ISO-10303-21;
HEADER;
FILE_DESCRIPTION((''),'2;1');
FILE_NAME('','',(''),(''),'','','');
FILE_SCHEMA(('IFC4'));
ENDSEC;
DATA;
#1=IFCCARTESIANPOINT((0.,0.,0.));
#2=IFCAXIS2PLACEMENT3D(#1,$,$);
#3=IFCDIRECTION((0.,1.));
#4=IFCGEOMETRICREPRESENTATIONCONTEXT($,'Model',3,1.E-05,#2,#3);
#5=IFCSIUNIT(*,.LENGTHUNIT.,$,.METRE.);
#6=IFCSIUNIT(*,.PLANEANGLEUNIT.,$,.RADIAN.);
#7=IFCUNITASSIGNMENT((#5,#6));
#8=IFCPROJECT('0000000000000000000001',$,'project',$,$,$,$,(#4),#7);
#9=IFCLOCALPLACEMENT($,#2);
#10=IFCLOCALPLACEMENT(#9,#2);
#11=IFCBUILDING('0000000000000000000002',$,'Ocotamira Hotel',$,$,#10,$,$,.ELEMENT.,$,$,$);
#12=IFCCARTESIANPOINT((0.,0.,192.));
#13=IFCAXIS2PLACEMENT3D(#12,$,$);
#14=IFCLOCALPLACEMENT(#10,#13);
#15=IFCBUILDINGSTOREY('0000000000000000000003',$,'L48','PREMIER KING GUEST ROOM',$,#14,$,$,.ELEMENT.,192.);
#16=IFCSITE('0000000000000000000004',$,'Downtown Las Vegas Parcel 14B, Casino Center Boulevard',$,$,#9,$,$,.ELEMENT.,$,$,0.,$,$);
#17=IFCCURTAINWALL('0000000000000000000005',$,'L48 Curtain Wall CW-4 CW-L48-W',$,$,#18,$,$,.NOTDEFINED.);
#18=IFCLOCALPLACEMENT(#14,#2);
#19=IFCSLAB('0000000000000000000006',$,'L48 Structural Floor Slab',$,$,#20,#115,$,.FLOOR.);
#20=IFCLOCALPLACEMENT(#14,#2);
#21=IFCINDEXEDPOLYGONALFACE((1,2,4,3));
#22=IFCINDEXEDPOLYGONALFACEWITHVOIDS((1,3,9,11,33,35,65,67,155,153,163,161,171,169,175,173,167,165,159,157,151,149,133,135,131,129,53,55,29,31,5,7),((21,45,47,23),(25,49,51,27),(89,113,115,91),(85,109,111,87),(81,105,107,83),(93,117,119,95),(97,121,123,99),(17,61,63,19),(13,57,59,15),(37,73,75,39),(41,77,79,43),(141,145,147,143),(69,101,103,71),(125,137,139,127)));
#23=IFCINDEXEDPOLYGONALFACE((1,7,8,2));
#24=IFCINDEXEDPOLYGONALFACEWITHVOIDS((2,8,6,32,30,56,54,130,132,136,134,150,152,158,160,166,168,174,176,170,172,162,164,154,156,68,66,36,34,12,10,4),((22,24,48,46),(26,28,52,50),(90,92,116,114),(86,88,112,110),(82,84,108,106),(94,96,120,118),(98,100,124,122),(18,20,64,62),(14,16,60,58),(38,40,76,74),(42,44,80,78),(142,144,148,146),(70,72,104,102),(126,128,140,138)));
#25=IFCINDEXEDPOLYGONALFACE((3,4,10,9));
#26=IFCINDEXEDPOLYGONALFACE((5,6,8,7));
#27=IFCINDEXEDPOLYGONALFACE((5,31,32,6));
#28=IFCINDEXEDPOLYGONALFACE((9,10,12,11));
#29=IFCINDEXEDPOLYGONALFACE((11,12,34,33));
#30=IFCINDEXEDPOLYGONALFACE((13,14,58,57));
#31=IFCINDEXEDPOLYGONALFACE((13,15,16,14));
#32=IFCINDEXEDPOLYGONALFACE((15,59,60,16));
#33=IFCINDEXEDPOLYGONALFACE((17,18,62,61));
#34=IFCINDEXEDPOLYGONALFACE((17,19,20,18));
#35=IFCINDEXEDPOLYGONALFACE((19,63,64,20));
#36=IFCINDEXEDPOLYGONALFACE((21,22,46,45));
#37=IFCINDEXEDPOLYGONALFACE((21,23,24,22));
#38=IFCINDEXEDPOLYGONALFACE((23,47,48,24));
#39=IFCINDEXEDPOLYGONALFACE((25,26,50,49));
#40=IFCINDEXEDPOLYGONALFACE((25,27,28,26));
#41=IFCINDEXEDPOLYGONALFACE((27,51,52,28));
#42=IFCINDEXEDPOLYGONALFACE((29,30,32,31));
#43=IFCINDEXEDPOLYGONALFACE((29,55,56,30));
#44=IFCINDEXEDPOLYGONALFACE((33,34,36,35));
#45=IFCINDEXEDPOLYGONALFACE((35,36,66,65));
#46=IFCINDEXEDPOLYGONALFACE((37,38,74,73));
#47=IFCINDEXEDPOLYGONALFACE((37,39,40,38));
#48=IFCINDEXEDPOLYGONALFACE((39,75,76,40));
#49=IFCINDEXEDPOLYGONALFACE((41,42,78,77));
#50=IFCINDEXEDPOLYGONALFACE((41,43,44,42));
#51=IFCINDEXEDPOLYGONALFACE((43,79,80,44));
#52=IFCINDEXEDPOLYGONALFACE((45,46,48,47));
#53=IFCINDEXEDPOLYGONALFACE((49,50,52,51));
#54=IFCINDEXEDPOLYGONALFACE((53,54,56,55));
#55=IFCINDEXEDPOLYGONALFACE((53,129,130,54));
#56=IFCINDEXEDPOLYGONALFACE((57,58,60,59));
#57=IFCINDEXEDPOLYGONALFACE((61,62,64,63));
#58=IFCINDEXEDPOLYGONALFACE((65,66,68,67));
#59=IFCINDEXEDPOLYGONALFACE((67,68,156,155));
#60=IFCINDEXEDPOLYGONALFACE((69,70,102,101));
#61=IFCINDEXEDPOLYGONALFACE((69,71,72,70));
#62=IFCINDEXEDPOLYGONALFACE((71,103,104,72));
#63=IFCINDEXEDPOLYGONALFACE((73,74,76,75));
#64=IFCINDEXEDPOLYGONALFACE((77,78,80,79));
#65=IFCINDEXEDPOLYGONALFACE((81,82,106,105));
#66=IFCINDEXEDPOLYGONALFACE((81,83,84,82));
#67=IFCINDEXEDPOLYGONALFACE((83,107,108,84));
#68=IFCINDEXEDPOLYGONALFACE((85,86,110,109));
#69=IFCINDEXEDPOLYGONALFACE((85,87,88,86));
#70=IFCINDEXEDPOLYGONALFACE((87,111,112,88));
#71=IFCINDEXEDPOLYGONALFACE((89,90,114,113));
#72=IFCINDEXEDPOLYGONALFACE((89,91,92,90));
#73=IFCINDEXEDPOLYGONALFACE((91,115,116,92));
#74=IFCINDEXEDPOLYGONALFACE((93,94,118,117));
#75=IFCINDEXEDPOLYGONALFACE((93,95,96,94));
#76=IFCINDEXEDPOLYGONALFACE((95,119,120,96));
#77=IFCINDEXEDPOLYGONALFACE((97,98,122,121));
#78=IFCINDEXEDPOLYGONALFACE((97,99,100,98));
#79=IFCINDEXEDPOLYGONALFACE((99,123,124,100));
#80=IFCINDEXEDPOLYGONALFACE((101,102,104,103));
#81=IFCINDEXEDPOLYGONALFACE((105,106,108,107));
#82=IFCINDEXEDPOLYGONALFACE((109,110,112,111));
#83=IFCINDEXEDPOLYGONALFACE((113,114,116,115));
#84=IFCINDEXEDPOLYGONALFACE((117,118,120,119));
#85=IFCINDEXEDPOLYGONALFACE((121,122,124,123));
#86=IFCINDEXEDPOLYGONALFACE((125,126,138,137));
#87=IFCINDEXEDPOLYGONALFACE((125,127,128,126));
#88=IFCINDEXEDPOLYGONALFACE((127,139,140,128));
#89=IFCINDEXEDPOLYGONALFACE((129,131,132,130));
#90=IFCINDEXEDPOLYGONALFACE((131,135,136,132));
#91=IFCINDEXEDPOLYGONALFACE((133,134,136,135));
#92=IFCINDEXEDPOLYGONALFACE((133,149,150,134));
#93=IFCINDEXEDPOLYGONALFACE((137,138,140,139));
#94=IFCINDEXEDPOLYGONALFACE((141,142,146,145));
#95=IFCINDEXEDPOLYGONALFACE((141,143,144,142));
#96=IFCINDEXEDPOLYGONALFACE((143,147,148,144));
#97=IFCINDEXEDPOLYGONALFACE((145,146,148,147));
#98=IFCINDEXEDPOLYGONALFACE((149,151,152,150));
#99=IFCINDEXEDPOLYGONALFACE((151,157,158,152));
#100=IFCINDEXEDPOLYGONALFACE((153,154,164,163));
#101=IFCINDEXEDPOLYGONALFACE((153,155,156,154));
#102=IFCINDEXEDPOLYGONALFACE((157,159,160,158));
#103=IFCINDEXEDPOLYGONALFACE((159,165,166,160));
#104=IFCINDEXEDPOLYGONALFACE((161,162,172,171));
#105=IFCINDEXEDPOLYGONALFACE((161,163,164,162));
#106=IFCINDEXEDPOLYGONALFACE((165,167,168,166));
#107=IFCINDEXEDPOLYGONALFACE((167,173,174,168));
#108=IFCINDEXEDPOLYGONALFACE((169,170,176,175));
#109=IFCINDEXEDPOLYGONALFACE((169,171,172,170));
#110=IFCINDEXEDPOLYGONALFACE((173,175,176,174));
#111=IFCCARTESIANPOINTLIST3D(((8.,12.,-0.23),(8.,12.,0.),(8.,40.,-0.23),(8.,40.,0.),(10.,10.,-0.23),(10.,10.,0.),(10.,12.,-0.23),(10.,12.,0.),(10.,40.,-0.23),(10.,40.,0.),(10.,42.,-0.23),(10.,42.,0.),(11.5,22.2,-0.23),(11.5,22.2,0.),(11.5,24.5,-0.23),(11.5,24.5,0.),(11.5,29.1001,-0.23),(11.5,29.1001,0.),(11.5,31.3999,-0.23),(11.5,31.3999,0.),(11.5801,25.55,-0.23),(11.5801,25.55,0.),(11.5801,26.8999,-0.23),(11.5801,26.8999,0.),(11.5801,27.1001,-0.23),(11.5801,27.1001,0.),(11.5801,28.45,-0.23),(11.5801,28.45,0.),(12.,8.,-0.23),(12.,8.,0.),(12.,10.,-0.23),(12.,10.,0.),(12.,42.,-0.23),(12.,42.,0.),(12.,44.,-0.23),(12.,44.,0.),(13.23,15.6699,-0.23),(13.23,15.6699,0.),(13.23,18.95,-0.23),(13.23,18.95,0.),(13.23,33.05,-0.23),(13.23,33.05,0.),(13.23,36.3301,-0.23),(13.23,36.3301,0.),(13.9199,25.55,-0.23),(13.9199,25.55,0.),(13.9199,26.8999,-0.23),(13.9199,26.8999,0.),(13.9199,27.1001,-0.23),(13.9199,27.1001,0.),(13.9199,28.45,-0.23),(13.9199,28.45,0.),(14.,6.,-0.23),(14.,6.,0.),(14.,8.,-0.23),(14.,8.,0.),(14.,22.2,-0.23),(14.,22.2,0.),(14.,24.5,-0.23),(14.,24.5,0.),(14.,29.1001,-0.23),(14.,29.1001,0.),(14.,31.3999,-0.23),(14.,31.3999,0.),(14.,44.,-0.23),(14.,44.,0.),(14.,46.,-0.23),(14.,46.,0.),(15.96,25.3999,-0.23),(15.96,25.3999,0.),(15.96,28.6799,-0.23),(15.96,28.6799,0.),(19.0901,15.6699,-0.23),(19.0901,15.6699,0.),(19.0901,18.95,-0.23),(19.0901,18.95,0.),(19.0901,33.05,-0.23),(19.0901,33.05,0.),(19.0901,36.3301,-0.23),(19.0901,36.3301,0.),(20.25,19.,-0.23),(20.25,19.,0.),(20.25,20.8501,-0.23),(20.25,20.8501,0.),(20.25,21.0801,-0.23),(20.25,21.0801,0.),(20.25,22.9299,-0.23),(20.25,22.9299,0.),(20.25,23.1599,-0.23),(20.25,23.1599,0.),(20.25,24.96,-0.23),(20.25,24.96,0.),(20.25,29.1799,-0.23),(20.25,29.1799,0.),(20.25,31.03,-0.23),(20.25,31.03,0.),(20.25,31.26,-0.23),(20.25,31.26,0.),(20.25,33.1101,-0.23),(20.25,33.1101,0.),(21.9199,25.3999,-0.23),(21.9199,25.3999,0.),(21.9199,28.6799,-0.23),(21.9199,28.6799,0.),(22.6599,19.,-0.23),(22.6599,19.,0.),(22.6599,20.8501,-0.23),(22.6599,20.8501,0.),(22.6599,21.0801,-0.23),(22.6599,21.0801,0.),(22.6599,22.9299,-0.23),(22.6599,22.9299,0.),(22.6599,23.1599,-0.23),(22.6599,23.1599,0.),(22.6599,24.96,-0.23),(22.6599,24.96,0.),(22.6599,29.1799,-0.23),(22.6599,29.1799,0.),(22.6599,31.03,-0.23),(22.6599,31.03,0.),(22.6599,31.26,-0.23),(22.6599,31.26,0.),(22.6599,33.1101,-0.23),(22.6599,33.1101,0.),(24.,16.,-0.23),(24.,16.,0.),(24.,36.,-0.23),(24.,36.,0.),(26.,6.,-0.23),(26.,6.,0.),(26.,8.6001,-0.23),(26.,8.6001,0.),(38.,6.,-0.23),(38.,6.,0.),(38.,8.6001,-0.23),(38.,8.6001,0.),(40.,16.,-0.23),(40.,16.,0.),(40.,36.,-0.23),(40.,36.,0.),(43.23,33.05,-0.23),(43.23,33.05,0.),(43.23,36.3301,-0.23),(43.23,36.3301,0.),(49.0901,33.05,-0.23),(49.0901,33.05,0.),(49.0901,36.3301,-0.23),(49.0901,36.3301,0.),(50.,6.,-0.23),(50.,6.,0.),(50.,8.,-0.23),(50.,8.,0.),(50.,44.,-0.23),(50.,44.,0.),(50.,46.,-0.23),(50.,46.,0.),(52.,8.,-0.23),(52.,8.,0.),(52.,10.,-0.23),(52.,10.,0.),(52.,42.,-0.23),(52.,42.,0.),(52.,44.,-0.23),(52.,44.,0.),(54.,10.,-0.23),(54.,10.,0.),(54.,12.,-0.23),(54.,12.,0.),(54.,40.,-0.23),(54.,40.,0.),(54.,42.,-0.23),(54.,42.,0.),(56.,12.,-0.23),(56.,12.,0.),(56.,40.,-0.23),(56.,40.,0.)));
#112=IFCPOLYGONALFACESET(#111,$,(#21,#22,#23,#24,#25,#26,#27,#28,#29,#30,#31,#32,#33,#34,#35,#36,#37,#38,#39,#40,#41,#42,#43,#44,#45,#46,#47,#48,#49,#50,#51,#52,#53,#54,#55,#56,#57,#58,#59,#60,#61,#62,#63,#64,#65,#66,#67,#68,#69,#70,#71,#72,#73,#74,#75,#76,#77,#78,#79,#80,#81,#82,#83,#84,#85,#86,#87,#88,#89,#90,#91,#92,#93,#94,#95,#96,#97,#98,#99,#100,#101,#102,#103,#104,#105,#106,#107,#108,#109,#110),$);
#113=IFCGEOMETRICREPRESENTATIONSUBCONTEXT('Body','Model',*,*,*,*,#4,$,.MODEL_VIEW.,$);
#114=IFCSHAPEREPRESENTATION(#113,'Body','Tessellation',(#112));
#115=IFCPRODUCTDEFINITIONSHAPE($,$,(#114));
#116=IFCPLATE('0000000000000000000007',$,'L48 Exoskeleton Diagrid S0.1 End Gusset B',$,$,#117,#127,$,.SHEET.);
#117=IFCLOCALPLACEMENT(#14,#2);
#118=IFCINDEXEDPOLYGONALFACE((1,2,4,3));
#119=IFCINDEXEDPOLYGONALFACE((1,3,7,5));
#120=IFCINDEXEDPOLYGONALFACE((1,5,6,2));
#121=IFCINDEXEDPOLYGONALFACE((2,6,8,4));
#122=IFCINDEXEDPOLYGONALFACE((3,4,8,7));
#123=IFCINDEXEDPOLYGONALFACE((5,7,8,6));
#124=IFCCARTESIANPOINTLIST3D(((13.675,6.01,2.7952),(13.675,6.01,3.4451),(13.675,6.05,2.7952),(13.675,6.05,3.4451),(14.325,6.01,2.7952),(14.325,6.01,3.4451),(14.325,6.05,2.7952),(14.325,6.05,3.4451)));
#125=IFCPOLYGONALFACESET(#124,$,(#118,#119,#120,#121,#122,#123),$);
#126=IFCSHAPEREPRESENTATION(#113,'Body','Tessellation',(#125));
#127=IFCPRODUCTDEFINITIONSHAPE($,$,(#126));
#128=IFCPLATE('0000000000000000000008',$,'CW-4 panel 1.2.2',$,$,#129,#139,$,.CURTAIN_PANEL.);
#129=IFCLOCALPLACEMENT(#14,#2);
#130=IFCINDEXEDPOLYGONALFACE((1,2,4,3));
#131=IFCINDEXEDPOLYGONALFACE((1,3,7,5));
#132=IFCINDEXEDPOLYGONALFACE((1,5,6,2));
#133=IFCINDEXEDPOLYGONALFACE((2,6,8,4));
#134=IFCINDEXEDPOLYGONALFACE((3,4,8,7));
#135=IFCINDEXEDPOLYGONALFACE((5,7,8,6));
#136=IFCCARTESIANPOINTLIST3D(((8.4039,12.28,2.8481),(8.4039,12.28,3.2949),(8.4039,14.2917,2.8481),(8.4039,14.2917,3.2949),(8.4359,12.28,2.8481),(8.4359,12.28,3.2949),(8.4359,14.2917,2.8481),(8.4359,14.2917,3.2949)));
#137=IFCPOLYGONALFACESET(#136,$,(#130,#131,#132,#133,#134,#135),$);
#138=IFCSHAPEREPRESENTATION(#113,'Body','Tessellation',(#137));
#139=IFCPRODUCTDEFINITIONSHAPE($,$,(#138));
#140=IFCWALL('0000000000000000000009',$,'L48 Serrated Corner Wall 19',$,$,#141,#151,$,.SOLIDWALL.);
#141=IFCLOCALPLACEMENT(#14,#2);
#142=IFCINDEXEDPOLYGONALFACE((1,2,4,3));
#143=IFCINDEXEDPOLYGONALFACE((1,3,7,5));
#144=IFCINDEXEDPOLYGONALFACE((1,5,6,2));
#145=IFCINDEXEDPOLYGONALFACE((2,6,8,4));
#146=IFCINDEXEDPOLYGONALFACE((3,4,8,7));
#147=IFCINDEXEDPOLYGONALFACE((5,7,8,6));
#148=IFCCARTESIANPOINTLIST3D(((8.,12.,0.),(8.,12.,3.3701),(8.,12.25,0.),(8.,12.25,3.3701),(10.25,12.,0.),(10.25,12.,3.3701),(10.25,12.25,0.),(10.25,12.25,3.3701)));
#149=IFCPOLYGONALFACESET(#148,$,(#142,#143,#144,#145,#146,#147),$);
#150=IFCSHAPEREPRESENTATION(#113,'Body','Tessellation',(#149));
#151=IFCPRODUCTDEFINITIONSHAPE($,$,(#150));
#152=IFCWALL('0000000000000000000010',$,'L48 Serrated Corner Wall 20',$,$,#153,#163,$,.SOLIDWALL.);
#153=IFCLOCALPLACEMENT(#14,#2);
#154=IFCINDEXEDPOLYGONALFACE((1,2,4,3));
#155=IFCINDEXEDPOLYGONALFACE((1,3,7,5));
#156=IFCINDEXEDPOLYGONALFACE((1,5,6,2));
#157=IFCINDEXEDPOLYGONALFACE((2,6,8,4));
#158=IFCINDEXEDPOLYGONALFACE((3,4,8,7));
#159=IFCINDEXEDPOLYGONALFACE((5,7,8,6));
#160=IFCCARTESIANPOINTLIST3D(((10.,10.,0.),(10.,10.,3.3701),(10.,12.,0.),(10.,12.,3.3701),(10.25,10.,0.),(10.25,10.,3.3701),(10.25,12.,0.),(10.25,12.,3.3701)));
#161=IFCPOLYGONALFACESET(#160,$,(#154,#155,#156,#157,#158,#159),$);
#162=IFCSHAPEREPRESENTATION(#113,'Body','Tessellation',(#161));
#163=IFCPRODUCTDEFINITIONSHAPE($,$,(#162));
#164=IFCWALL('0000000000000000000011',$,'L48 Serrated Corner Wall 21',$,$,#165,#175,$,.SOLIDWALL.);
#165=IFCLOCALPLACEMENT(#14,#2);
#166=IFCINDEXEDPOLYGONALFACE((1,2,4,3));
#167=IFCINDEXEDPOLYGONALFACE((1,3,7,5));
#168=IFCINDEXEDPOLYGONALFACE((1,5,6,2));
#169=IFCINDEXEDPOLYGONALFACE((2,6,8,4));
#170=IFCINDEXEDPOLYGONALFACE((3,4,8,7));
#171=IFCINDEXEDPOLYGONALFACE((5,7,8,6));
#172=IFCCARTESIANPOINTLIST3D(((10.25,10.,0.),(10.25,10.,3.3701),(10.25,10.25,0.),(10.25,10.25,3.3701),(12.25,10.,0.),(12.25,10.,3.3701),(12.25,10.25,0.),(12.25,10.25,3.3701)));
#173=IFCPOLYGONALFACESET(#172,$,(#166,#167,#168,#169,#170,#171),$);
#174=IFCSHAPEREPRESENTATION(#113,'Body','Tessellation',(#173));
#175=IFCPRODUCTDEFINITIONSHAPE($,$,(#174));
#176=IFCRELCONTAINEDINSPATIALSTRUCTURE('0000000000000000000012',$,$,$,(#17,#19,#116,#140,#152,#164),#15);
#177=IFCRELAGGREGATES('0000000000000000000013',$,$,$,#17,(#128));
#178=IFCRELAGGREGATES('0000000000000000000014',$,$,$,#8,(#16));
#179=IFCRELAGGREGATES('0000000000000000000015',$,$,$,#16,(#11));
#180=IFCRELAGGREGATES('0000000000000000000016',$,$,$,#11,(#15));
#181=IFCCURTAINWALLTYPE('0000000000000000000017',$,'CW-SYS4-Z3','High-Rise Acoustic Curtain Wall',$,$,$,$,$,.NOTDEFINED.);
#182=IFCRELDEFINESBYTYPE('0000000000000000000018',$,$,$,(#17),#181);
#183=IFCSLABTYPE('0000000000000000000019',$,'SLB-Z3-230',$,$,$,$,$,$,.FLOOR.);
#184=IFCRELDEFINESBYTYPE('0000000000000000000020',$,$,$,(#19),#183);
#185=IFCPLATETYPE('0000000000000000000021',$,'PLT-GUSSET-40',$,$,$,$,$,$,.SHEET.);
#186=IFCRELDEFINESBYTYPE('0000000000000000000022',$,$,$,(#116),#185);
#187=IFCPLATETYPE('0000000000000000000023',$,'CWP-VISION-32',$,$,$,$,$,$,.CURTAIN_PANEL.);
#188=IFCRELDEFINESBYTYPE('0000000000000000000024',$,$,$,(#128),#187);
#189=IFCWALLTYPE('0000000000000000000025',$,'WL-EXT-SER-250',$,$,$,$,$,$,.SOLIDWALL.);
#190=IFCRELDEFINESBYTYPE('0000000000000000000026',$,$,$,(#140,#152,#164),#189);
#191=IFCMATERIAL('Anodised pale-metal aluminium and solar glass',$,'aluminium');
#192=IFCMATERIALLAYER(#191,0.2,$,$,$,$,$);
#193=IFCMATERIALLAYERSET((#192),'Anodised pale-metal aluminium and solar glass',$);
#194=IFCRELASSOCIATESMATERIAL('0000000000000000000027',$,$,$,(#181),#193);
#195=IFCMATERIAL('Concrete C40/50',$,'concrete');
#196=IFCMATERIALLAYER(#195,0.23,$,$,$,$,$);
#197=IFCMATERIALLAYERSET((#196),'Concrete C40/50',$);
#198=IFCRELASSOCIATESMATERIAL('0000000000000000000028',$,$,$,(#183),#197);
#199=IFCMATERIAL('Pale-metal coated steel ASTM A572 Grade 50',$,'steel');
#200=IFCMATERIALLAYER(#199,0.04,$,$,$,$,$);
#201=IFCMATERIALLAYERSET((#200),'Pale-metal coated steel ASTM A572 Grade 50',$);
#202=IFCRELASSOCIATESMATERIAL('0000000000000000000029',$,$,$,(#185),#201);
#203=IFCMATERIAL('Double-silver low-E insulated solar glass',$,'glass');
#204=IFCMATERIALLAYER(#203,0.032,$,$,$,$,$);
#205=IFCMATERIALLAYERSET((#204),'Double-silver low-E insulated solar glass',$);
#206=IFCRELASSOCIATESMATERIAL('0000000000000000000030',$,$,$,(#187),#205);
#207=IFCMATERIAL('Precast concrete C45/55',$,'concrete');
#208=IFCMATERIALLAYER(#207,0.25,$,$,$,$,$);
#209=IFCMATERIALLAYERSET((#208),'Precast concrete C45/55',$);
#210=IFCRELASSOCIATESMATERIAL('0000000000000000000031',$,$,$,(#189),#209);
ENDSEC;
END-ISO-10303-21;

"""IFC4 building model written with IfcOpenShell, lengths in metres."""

from ifc_helpers import new_model, si_unit, direction, frame, frame_2d, origin, origin_2d, place, context, subcontext, project, spatial, polyline, rectangle, outline, extrude, source, transform, mapped, material, layer, layer_set, type_object, element, aggregate, save


model = new_model("IFC4")

# Units and contexts
model_context = context("Model", 3, precision=1e-05, world=origin(), true_north=direction((0.0, 1.0)))
body_context = subcontext(model_context, "Body", "Model", "MODEL_VIEW")
ifc_project = project(units=[si_unit("LENGTHUNIT", "METRE"), si_unit("PLANEANGLEUNIT", "RADIAN")], contexts=[model_context])

# Site, building, storey
site_placement = place(None, origin())
site = spatial("IfcSite", under=ifc_project, at=site_placement, Name="Downtown Las Vegas Parcel 14B, Casino Center Boulevard", CompositionType="ELEMENT", RefElevation=0.0)
building_placement = place(site_placement, origin())
building = spatial("IfcBuilding", under=site, at=building_placement, Name="Ocotamira Hotel", CompositionType="ELEMENT")
storey_placement = place(building_placement, frame((0.0, 0.0, 192.0)))
storey = spatial("IfcBuildingStorey", under=building, at=storey_placement, Name="L48", Description="PREMIER KING GUEST ROOM", CompositionType="ELEMENT", Elevation=192.0)

# Shared definitions
ifc_material_1 = material(Name="Anodised pale-metal aluminium and solar glass", Category="aluminium")
ifc_layer_1 = layer(ifc_material_1, 0.2)
ifc_layer_set_1 = layer_set([ifc_layer_1], Name="Anodised pale-metal aluminium and solar glass")
curtain_wall_type = type_object("IfcCurtainWallType", Name="CW-SYS4-Z3", Description="High-Rise Acoustic Curtain Wall", PredefinedType="NOTDEFINED", material=ifc_layer_set_1)

# Curtain wall
curtain_wall_1_placement = place(storey_placement, origin())
curtain_wall_1 = element("IfcCurtainWall", 1, at=curtain_wall_1_placement, inside=storey, type_object=curtain_wall_type, Name="L48 Curtain Wall CW-4 CW-L48-W", PredefinedType="NOTDEFINED")

# Shared definitions
ifc_material_2 = material(Name="Concrete C40/50", Category="concrete")

# Slab
ifc_layer_2 = layer(ifc_material_2, 0.23)
ifc_layer_set_2 = layer_set([ifc_layer_2], Name="Concrete C40/50")
slab_type_1 = type_object("IfcSlabType", Name="SLB-Z3-230", PredefinedType="FLOOR", material=ifc_layer_set_2)
slab_1_placement = place(storey_placement, frame((0.0, 0.0, -0.23)))
element("IfcSlab", 2, at=slab_1_placement, inside=storey, type_object=slab_type_1, Name="L48 Structural Floor Slab", PredefinedType="FLOOR", context=body_context, shape_type="SweptSolid", body=[
    extrude(outline(polyline([(14.0, 6.0), (14.0, 8.0), (12.0, 8.0), (12.0, 10.0), (10.0, 10.0), (10.0, 12.0), (8.0, 12.0), (8.0, 40.0), (10.0, 40.0), (10.0, 42.0), (12.0, 42.0), (12.0, 44.0), (14.0, 44.0), (14.0, 46.0), (50.0, 46.0), (50.0, 44.0), (52.0, 44.0), (52.0, 42.0), (54.0, 42.0), (54.0, 40.0), (56.0, 40.0), (56.0, 12.0), (54.0, 12.0), (54.0, 10.0), (52.0, 10.0), (52.0, 8.0), (50.0, 8.0), (50.0, 6.0), (38.0, 6.0), (38.0, 8.6001), (26.0, 8.6001), (26.0, 6.0), (14.0, 6.0)]), holes=[polyline([(24.0, 16.0), (40.0, 16.0), (40.0, 36.0), (24.0, 36.0), (24.0, 16.0)]), polyline([(13.23, 15.6699), (19.0901, 15.6699), (19.0901, 18.95), (13.23, 18.95), (13.23, 15.6699)]), polyline([(13.23, 33.05), (19.0901, 33.05), (19.0901, 36.3301), (13.23, 36.3301), (13.23, 33.05)]), polyline([(15.96, 25.3999), (21.9199, 25.3999), (21.9199, 28.6799), (15.96, 28.6799), (15.96, 25.3999)]), polyline([(43.23, 33.05), (49.0901, 33.05), (49.0901, 36.3301), (43.23, 36.3301), (43.23, 33.05)]), polyline([(20.25, 19.0), (22.6599, 19.0), (22.6599, 20.8501), (20.25, 20.8501), (20.25, 19.0)]), polyline([(20.25, 21.0801), (22.6599, 21.0801), (22.6599, 22.9299), (20.25, 22.9299), (20.25, 21.0801)]), polyline([(20.25, 23.1599), (22.6599, 23.1599), (22.6599, 24.96), (20.25, 24.96), (20.25, 23.1599)]), polyline([(20.25, 29.1799), (22.6599, 29.1799), (22.6599, 31.03), (20.25, 31.03), (20.25, 29.1799)]), polyline([(20.25, 31.26), (22.6599, 31.26), (22.6599, 33.1101), (20.25, 33.1101), (20.25, 31.26)]), polyline([(11.5, 22.2), (14.0, 22.2), (14.0, 24.5), (11.5, 24.5), (11.5, 22.2)]), polyline([(11.5, 29.1001), (14.0, 29.1001), (14.0, 31.3999), (11.5, 31.3999), (11.5, 29.1001)]), polyline([(11.5801, 25.55), (13.9199, 25.55), (13.9199, 26.8999), (11.5801, 26.8999), (11.5801, 25.55)]), polyline([(11.5801, 27.1001), (13.9199, 27.1001), (13.9199, 28.45), (11.5801, 28.45), (11.5801, 27.1001)])]), origin(), (0.0, 0.0, 1.0), 0.23),
])

# Plates
ifc_material_3 = material(Name="Pale-metal coated steel ASTM A572 Grade 50", Category="steel")
ifc_layer_3 = layer(ifc_material_3, 0.04)
ifc_layer_set_3 = layer_set([ifc_layer_3], Name="Pale-metal coated steel ASTM A572 Grade 50")
plate_type_1 = type_object("IfcPlateType", Name="PLT-GUSSET-40", PredefinedType="SHEET", material=ifc_layer_set_3)
shared_shape_1 = source(origin(), body_context, "Body", "SweptSolid", [
    extrude(rectangle(XDim=0.6499, YDim=0.04, at=origin_2d()), origin(), (0.0, 0.0, 1.0), 0.6499),
])
plate_1_placement = place(storey_placement, frame((14.0, 6.03, 2.7952), z_axis=(0.0, 0.0, 1.0), x_axis=(-1.0, 0.0, 0.0)))
element("IfcPlate", 3, at=plate_1_placement, inside=storey, type_object=plate_type_1, Name="L48 Exoskeleton Diagrid S0.1 End Gusset B", PredefinedType="SHEET", context=body_context, shape_type="MappedRepresentation", body=[
    mapped(shared_shape_1, transform((0.0, 0.0, 0.0), scale=1.0)),
])
ifc_material_4 = material(Name="Double-silver low-E insulated solar glass", Category="glass")
ifc_layer_4 = layer(ifc_material_4, 0.032)
ifc_layer_set_4 = layer_set([ifc_layer_4], Name="Double-silver low-E insulated solar glass")
plate_type_2 = type_object("IfcPlateType", Name="CWP-VISION-32", PredefinedType="CURTAIN_PANEL", material=ifc_layer_set_4)
shared_shape_2 = source(origin(), body_context, "Body", "SweptSolid", [
    extrude(rectangle(XDim=2.0117, YDim=0.032, at=origin_2d()), origin(), (0.0, 0.0, 1.0), 0.4468),
])
plate_2_placement = place(storey_placement, frame((8.4199, 13.2859, 2.8481), z_axis=(0.0, 0.0, 1.0), x_axis=(0.0, 1.0, 0.0)))
plate_2 = element("IfcPlate", 4, at=plate_2_placement, type_object=plate_type_2, Name="CW-4 panel 1.2.2", PredefinedType="CURTAIN_PANEL", context=body_context, shape_type="MappedRepresentation", body=[
    mapped(shared_shape_2, transform((0.0, 0.0, 0.0), scale=1.0)),
])
aggregate(curtain_wall_1, [plate_2])

# Walls
ifc_material_5 = material(Name="Precast concrete C45/55", Category="concrete")
ifc_layer_5 = layer(ifc_material_5, 0.25)
ifc_layer_set_5 = layer_set([ifc_layer_5], Name="Precast concrete C45/55")
wall_type_1 = type_object("IfcWallType", Name="WL-EXT-SER-250", PredefinedType="SOLIDWALL", material=ifc_layer_set_5)
wall_1_placement = place(storey_placement, frame((8.0, 12.125, 0.0), z_axis=(0.0, 0.0, 1.0), x_axis=(1.0, 0.0, 0.0)))
element("IfcWall", 5, at=wall_1_placement, inside=storey, type_object=wall_type_1, Name="L48 Serrated Corner Wall 19", PredefinedType="SOLIDWALL", context=body_context, shape_type="SweptSolid", body=[
    extrude(rectangle(XDim=2.25, YDim=0.25, at=frame_2d((1.125, 0.0))), origin(), (0.0, 0.0, 1.0), 3.3701),
])
for number, where, z_axis, x_axis, name in (
    (6, (10.125, 12.0, 0.0), (0.0, 0.0, 1.0), (0.0, -1.0, 0.0), "L48 Serrated Corner Wall 20"),
    (7, (10.25, 10.125, 0.0), (0.0, 0.0, 1.0), (1.0, 0.0, 0.0), "L48 Serrated Corner Wall 21"),
):
    element("IfcWall", number, at=place(storey_placement, frame(where, z_axis=z_axis, x_axis=x_axis)), inside=storey, type_object=wall_type_1, Name=name, PredefinedType="SOLIDWALL", context=body_context, shape_type="SweptSolid", body=[
        extrude(rectangle(XDim=2.0, YDim=0.25, at=frame_2d((1.0, 0.0))), origin(), (0.0, 0.0, 1.0), 3.3701),
    ])

save(model, "model.ifc")
